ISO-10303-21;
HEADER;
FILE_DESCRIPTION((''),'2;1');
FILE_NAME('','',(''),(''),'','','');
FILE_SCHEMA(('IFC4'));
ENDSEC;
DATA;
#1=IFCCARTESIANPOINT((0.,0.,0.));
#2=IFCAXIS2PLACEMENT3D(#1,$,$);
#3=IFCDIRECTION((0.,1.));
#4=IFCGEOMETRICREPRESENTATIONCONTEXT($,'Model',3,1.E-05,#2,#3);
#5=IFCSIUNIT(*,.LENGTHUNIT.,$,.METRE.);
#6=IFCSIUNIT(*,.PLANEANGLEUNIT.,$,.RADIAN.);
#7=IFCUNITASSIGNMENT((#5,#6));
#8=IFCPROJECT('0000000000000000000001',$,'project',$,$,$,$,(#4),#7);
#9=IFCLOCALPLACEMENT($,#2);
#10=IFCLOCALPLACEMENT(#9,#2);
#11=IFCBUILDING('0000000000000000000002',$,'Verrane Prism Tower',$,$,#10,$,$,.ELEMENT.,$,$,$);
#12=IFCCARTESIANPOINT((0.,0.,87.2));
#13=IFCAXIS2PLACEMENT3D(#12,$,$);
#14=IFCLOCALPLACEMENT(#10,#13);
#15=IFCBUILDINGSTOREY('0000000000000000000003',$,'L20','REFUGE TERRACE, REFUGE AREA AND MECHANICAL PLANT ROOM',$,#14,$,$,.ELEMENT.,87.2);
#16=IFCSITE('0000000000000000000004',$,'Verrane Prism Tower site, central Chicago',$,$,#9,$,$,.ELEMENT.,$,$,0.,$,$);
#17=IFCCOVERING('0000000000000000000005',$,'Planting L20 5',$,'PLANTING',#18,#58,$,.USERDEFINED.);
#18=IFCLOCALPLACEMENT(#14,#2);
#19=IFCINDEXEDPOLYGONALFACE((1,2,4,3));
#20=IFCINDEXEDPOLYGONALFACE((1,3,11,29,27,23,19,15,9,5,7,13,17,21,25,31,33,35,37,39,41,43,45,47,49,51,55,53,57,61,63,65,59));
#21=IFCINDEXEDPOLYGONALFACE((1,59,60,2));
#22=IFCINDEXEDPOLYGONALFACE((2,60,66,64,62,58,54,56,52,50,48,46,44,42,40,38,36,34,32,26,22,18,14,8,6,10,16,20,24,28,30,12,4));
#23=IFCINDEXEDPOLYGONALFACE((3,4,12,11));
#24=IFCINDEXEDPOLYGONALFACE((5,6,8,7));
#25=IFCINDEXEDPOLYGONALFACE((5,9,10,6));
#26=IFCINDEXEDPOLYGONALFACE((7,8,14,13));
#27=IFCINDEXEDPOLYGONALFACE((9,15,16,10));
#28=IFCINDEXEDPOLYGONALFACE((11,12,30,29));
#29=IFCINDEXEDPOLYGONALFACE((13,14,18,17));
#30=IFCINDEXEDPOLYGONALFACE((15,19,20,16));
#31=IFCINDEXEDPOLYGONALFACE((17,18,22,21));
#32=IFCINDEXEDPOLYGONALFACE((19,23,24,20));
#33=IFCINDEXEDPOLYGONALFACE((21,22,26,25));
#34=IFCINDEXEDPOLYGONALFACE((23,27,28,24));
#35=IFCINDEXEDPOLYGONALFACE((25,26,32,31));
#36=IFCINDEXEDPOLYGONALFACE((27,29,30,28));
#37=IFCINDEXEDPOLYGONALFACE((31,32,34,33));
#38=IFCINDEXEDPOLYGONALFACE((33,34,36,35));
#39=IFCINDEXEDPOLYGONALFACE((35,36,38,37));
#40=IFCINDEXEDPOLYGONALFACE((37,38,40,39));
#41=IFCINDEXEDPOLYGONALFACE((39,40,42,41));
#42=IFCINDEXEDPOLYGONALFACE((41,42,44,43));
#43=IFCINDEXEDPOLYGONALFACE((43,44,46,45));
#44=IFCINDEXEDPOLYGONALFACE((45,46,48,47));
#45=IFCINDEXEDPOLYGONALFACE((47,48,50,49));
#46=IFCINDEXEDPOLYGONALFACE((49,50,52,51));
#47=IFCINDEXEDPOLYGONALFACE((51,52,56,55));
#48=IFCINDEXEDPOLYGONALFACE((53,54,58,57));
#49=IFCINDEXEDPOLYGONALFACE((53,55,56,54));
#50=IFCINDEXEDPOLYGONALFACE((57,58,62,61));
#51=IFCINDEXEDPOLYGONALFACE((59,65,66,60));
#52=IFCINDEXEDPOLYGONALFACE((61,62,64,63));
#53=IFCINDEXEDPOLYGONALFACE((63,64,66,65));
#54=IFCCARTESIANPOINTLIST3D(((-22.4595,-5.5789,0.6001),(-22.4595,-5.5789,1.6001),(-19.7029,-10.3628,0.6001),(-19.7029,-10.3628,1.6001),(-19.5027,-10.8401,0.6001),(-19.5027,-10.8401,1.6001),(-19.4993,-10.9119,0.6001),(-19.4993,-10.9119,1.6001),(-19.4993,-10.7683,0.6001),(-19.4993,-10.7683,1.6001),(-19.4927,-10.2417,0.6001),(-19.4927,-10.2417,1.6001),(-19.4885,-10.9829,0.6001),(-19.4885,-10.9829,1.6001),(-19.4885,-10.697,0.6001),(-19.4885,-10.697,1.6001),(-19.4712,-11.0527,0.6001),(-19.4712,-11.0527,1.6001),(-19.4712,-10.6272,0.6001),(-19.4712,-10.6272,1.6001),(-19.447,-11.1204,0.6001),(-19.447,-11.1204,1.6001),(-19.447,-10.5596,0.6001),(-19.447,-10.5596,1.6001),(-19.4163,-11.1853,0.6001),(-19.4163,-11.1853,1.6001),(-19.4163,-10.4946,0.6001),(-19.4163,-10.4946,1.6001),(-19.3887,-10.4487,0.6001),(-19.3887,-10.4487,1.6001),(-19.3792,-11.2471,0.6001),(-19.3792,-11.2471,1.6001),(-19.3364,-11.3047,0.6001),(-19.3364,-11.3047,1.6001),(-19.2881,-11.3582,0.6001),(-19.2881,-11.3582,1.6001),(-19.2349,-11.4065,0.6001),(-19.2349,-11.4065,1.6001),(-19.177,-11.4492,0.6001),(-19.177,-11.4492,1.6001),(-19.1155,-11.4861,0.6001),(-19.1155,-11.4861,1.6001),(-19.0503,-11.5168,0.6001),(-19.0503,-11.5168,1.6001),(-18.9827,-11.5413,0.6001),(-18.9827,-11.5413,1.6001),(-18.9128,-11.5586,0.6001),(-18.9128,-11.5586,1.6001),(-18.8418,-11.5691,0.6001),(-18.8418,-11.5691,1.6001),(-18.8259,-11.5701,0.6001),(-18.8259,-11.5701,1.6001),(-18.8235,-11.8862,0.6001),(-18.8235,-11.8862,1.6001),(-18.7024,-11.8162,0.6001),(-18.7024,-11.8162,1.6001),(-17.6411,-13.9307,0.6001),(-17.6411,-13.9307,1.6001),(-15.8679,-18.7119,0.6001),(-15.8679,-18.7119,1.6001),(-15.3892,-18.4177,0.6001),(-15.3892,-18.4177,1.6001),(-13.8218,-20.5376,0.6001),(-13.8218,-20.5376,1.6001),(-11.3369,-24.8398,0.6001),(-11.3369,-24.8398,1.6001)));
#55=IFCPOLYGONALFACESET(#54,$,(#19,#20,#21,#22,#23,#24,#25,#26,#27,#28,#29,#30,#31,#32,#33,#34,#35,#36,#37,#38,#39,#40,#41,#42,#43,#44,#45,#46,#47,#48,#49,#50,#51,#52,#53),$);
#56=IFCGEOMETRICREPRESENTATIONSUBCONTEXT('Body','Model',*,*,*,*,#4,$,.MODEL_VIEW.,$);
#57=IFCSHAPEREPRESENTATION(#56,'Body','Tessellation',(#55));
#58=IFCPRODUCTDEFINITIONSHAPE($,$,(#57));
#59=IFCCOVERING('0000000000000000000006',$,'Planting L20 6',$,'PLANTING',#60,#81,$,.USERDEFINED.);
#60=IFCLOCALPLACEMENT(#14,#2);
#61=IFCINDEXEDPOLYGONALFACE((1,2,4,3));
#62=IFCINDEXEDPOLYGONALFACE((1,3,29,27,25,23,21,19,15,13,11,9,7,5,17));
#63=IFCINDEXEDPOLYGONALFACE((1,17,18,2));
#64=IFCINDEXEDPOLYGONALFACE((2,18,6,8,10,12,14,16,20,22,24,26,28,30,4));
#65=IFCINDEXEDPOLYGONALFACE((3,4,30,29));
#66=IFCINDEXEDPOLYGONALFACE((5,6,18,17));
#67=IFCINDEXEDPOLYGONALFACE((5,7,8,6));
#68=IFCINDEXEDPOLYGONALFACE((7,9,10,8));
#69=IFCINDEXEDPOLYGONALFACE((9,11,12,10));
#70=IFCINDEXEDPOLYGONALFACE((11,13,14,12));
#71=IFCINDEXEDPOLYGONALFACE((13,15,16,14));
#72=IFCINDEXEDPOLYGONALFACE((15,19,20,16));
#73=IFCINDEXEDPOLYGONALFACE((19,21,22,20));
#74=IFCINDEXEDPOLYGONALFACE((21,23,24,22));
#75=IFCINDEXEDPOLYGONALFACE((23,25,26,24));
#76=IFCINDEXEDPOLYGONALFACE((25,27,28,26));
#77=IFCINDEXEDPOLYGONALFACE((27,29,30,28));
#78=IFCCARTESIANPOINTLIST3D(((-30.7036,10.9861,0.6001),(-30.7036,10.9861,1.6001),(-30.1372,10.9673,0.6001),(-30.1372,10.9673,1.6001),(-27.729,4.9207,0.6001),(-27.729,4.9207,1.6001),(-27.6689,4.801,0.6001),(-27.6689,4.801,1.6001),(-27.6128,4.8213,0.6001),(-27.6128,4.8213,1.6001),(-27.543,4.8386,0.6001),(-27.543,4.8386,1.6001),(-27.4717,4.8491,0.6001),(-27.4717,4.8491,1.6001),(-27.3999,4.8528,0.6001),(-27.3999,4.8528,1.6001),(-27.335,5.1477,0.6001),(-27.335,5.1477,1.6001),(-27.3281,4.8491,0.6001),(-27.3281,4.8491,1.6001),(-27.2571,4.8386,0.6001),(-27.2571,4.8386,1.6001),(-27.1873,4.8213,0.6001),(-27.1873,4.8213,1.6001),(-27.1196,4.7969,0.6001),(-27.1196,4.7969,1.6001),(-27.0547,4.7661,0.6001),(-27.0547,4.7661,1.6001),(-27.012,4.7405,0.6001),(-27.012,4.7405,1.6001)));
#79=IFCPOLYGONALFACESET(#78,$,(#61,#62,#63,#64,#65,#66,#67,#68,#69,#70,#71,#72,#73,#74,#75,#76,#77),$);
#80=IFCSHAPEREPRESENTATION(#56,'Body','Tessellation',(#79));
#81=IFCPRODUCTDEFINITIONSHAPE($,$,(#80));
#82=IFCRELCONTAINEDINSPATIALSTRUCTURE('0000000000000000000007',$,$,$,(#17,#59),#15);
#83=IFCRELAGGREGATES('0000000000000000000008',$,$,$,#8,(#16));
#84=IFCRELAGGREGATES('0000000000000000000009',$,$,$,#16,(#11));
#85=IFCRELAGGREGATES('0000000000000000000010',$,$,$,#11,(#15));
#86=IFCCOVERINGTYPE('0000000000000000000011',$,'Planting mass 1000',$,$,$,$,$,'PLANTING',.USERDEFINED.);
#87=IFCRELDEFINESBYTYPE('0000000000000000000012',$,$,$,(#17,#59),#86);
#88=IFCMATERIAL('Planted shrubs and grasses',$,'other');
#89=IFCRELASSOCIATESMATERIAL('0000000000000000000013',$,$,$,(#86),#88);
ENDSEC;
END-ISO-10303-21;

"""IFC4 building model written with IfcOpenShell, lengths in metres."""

from ifc_helpers import new_model, si_unit, direction, frame, origin, place, context, subcontext, project, spatial, polyline, outline, extrude, material, type_object, element, save


model = new_model("IFC4")

# Units and contexts
model_context = context("Model", 3, precision=1e-05, world=origin(), true_north=direction((0.0, 1.0)))
body_context = subcontext(model_context, "Body", "Model", "MODEL_VIEW")
ifc_project = project(units=[si_unit("LENGTHUNIT", "METRE"), si_unit("PLANEANGLEUNIT", "RADIAN")], contexts=[model_context])

# Site, building, storey
site_placement = place(None, origin())
site = spatial("IfcSite", under=ifc_project, at=site_placement, Name="Verrane Prism Tower site, central Chicago", CompositionType="ELEMENT", RefElevation=0.0)
building_placement = place(site_placement, origin())
building = spatial("IfcBuilding", under=site, at=building_placement, Name="Verrane Prism Tower", CompositionType="ELEMENT")
storey_placement = place(building_placement, frame((0.0, 0.0, 87.2)))
storey = spatial("IfcBuildingStorey", under=building, at=storey_placement, Name="L20", Description="REFUGE TERRACE, REFUGE AREA AND MECHANICAL PLANT ROOM", CompositionType="ELEMENT", Elevation=87.2)

# Coverings
ifc_material_1 = material(Name="Planted shrubs and grasses", Category="other")
covering_type_1 = type_object("IfcCoveringType", Name="Planting mass 1000", ElementType="PLANTING", PredefinedType="USERDEFINED", material=ifc_material_1)
covering_1_placement = place(storey_placement, frame((0.0, 0.0, 0.6001)))
element("IfcCovering", 1, at=covering_1_placement, inside=storey, type_object=covering_type_1, Name="Planting L20 5", ObjectType="PLANTING", PredefinedType="USERDEFINED", context=body_context, shape_type="SweptSolid", body=[
    extrude(outline(polyline([(-15.8679, -18.7119), (-11.3369, -24.8398), (-13.8218, -20.5376), (-15.3892, -18.4177), (-17.6411, -13.9307), (-18.8235, -11.8862), (-18.7024, -11.8162), (-18.8259, -11.5701), (-18.8418, -11.5691), (-18.9128, -11.5586), (-18.9827, -11.5413), (-19.0503, -11.5168), (-19.1155, -11.4861), (-19.177, -11.4492), (-19.2349, -11.4065), (-19.2881, -11.3582), (-19.3364, -11.3047), (-19.3792, -11.2471), (-19.4163, -11.1853), (-19.447, -11.1204), (-19.4712, -11.0527), (-19.4885, -10.9829), (-19.4993, -10.9119), (-19.5027, -10.8401), (-19.4993, -10.7683), (-19.4885, -10.697), (-19.4712, -10.6272), (-19.447, -10.5596), (-19.4163, -10.4946), (-19.3887, -10.4487), (-19.4927, -10.2417), (-19.7029, -10.3628), (-22.4595, -5.5789), (-15.8679, -18.7119)])), origin(), (0.0, 0.0, 1.0), 1.0),
])
covering_2_placement = place(storey_placement, frame((0.0, 0.0, 0.6001)))
element("IfcCovering", 2, at=covering_2_placement, inside=storey, type_object=covering_type_1, Name="Planting L20 6", ObjectType="PLANTING", PredefinedType="USERDEFINED", context=body_context, shape_type="SweptSolid", body=[
    extrude(outline(polyline([(-27.335, 5.1477), (-27.729, 4.9207), (-27.6689, 4.801), (-27.6128, 4.8213), (-27.543, 4.8386), (-27.4717, 4.8491), (-27.3999, 4.8528), (-27.3281, 4.8491), (-27.2571, 4.8386), (-27.1873, 4.8213), (-27.1196, 4.7969), (-27.0547, 4.7661), (-27.012, 4.7405), (-30.1372, 10.9673), (-30.7036, 10.9861), (-27.335, 5.1477)])), origin(), (0.0, 0.0, 1.0), 1.0),
])

save(model, "model.ifc")
